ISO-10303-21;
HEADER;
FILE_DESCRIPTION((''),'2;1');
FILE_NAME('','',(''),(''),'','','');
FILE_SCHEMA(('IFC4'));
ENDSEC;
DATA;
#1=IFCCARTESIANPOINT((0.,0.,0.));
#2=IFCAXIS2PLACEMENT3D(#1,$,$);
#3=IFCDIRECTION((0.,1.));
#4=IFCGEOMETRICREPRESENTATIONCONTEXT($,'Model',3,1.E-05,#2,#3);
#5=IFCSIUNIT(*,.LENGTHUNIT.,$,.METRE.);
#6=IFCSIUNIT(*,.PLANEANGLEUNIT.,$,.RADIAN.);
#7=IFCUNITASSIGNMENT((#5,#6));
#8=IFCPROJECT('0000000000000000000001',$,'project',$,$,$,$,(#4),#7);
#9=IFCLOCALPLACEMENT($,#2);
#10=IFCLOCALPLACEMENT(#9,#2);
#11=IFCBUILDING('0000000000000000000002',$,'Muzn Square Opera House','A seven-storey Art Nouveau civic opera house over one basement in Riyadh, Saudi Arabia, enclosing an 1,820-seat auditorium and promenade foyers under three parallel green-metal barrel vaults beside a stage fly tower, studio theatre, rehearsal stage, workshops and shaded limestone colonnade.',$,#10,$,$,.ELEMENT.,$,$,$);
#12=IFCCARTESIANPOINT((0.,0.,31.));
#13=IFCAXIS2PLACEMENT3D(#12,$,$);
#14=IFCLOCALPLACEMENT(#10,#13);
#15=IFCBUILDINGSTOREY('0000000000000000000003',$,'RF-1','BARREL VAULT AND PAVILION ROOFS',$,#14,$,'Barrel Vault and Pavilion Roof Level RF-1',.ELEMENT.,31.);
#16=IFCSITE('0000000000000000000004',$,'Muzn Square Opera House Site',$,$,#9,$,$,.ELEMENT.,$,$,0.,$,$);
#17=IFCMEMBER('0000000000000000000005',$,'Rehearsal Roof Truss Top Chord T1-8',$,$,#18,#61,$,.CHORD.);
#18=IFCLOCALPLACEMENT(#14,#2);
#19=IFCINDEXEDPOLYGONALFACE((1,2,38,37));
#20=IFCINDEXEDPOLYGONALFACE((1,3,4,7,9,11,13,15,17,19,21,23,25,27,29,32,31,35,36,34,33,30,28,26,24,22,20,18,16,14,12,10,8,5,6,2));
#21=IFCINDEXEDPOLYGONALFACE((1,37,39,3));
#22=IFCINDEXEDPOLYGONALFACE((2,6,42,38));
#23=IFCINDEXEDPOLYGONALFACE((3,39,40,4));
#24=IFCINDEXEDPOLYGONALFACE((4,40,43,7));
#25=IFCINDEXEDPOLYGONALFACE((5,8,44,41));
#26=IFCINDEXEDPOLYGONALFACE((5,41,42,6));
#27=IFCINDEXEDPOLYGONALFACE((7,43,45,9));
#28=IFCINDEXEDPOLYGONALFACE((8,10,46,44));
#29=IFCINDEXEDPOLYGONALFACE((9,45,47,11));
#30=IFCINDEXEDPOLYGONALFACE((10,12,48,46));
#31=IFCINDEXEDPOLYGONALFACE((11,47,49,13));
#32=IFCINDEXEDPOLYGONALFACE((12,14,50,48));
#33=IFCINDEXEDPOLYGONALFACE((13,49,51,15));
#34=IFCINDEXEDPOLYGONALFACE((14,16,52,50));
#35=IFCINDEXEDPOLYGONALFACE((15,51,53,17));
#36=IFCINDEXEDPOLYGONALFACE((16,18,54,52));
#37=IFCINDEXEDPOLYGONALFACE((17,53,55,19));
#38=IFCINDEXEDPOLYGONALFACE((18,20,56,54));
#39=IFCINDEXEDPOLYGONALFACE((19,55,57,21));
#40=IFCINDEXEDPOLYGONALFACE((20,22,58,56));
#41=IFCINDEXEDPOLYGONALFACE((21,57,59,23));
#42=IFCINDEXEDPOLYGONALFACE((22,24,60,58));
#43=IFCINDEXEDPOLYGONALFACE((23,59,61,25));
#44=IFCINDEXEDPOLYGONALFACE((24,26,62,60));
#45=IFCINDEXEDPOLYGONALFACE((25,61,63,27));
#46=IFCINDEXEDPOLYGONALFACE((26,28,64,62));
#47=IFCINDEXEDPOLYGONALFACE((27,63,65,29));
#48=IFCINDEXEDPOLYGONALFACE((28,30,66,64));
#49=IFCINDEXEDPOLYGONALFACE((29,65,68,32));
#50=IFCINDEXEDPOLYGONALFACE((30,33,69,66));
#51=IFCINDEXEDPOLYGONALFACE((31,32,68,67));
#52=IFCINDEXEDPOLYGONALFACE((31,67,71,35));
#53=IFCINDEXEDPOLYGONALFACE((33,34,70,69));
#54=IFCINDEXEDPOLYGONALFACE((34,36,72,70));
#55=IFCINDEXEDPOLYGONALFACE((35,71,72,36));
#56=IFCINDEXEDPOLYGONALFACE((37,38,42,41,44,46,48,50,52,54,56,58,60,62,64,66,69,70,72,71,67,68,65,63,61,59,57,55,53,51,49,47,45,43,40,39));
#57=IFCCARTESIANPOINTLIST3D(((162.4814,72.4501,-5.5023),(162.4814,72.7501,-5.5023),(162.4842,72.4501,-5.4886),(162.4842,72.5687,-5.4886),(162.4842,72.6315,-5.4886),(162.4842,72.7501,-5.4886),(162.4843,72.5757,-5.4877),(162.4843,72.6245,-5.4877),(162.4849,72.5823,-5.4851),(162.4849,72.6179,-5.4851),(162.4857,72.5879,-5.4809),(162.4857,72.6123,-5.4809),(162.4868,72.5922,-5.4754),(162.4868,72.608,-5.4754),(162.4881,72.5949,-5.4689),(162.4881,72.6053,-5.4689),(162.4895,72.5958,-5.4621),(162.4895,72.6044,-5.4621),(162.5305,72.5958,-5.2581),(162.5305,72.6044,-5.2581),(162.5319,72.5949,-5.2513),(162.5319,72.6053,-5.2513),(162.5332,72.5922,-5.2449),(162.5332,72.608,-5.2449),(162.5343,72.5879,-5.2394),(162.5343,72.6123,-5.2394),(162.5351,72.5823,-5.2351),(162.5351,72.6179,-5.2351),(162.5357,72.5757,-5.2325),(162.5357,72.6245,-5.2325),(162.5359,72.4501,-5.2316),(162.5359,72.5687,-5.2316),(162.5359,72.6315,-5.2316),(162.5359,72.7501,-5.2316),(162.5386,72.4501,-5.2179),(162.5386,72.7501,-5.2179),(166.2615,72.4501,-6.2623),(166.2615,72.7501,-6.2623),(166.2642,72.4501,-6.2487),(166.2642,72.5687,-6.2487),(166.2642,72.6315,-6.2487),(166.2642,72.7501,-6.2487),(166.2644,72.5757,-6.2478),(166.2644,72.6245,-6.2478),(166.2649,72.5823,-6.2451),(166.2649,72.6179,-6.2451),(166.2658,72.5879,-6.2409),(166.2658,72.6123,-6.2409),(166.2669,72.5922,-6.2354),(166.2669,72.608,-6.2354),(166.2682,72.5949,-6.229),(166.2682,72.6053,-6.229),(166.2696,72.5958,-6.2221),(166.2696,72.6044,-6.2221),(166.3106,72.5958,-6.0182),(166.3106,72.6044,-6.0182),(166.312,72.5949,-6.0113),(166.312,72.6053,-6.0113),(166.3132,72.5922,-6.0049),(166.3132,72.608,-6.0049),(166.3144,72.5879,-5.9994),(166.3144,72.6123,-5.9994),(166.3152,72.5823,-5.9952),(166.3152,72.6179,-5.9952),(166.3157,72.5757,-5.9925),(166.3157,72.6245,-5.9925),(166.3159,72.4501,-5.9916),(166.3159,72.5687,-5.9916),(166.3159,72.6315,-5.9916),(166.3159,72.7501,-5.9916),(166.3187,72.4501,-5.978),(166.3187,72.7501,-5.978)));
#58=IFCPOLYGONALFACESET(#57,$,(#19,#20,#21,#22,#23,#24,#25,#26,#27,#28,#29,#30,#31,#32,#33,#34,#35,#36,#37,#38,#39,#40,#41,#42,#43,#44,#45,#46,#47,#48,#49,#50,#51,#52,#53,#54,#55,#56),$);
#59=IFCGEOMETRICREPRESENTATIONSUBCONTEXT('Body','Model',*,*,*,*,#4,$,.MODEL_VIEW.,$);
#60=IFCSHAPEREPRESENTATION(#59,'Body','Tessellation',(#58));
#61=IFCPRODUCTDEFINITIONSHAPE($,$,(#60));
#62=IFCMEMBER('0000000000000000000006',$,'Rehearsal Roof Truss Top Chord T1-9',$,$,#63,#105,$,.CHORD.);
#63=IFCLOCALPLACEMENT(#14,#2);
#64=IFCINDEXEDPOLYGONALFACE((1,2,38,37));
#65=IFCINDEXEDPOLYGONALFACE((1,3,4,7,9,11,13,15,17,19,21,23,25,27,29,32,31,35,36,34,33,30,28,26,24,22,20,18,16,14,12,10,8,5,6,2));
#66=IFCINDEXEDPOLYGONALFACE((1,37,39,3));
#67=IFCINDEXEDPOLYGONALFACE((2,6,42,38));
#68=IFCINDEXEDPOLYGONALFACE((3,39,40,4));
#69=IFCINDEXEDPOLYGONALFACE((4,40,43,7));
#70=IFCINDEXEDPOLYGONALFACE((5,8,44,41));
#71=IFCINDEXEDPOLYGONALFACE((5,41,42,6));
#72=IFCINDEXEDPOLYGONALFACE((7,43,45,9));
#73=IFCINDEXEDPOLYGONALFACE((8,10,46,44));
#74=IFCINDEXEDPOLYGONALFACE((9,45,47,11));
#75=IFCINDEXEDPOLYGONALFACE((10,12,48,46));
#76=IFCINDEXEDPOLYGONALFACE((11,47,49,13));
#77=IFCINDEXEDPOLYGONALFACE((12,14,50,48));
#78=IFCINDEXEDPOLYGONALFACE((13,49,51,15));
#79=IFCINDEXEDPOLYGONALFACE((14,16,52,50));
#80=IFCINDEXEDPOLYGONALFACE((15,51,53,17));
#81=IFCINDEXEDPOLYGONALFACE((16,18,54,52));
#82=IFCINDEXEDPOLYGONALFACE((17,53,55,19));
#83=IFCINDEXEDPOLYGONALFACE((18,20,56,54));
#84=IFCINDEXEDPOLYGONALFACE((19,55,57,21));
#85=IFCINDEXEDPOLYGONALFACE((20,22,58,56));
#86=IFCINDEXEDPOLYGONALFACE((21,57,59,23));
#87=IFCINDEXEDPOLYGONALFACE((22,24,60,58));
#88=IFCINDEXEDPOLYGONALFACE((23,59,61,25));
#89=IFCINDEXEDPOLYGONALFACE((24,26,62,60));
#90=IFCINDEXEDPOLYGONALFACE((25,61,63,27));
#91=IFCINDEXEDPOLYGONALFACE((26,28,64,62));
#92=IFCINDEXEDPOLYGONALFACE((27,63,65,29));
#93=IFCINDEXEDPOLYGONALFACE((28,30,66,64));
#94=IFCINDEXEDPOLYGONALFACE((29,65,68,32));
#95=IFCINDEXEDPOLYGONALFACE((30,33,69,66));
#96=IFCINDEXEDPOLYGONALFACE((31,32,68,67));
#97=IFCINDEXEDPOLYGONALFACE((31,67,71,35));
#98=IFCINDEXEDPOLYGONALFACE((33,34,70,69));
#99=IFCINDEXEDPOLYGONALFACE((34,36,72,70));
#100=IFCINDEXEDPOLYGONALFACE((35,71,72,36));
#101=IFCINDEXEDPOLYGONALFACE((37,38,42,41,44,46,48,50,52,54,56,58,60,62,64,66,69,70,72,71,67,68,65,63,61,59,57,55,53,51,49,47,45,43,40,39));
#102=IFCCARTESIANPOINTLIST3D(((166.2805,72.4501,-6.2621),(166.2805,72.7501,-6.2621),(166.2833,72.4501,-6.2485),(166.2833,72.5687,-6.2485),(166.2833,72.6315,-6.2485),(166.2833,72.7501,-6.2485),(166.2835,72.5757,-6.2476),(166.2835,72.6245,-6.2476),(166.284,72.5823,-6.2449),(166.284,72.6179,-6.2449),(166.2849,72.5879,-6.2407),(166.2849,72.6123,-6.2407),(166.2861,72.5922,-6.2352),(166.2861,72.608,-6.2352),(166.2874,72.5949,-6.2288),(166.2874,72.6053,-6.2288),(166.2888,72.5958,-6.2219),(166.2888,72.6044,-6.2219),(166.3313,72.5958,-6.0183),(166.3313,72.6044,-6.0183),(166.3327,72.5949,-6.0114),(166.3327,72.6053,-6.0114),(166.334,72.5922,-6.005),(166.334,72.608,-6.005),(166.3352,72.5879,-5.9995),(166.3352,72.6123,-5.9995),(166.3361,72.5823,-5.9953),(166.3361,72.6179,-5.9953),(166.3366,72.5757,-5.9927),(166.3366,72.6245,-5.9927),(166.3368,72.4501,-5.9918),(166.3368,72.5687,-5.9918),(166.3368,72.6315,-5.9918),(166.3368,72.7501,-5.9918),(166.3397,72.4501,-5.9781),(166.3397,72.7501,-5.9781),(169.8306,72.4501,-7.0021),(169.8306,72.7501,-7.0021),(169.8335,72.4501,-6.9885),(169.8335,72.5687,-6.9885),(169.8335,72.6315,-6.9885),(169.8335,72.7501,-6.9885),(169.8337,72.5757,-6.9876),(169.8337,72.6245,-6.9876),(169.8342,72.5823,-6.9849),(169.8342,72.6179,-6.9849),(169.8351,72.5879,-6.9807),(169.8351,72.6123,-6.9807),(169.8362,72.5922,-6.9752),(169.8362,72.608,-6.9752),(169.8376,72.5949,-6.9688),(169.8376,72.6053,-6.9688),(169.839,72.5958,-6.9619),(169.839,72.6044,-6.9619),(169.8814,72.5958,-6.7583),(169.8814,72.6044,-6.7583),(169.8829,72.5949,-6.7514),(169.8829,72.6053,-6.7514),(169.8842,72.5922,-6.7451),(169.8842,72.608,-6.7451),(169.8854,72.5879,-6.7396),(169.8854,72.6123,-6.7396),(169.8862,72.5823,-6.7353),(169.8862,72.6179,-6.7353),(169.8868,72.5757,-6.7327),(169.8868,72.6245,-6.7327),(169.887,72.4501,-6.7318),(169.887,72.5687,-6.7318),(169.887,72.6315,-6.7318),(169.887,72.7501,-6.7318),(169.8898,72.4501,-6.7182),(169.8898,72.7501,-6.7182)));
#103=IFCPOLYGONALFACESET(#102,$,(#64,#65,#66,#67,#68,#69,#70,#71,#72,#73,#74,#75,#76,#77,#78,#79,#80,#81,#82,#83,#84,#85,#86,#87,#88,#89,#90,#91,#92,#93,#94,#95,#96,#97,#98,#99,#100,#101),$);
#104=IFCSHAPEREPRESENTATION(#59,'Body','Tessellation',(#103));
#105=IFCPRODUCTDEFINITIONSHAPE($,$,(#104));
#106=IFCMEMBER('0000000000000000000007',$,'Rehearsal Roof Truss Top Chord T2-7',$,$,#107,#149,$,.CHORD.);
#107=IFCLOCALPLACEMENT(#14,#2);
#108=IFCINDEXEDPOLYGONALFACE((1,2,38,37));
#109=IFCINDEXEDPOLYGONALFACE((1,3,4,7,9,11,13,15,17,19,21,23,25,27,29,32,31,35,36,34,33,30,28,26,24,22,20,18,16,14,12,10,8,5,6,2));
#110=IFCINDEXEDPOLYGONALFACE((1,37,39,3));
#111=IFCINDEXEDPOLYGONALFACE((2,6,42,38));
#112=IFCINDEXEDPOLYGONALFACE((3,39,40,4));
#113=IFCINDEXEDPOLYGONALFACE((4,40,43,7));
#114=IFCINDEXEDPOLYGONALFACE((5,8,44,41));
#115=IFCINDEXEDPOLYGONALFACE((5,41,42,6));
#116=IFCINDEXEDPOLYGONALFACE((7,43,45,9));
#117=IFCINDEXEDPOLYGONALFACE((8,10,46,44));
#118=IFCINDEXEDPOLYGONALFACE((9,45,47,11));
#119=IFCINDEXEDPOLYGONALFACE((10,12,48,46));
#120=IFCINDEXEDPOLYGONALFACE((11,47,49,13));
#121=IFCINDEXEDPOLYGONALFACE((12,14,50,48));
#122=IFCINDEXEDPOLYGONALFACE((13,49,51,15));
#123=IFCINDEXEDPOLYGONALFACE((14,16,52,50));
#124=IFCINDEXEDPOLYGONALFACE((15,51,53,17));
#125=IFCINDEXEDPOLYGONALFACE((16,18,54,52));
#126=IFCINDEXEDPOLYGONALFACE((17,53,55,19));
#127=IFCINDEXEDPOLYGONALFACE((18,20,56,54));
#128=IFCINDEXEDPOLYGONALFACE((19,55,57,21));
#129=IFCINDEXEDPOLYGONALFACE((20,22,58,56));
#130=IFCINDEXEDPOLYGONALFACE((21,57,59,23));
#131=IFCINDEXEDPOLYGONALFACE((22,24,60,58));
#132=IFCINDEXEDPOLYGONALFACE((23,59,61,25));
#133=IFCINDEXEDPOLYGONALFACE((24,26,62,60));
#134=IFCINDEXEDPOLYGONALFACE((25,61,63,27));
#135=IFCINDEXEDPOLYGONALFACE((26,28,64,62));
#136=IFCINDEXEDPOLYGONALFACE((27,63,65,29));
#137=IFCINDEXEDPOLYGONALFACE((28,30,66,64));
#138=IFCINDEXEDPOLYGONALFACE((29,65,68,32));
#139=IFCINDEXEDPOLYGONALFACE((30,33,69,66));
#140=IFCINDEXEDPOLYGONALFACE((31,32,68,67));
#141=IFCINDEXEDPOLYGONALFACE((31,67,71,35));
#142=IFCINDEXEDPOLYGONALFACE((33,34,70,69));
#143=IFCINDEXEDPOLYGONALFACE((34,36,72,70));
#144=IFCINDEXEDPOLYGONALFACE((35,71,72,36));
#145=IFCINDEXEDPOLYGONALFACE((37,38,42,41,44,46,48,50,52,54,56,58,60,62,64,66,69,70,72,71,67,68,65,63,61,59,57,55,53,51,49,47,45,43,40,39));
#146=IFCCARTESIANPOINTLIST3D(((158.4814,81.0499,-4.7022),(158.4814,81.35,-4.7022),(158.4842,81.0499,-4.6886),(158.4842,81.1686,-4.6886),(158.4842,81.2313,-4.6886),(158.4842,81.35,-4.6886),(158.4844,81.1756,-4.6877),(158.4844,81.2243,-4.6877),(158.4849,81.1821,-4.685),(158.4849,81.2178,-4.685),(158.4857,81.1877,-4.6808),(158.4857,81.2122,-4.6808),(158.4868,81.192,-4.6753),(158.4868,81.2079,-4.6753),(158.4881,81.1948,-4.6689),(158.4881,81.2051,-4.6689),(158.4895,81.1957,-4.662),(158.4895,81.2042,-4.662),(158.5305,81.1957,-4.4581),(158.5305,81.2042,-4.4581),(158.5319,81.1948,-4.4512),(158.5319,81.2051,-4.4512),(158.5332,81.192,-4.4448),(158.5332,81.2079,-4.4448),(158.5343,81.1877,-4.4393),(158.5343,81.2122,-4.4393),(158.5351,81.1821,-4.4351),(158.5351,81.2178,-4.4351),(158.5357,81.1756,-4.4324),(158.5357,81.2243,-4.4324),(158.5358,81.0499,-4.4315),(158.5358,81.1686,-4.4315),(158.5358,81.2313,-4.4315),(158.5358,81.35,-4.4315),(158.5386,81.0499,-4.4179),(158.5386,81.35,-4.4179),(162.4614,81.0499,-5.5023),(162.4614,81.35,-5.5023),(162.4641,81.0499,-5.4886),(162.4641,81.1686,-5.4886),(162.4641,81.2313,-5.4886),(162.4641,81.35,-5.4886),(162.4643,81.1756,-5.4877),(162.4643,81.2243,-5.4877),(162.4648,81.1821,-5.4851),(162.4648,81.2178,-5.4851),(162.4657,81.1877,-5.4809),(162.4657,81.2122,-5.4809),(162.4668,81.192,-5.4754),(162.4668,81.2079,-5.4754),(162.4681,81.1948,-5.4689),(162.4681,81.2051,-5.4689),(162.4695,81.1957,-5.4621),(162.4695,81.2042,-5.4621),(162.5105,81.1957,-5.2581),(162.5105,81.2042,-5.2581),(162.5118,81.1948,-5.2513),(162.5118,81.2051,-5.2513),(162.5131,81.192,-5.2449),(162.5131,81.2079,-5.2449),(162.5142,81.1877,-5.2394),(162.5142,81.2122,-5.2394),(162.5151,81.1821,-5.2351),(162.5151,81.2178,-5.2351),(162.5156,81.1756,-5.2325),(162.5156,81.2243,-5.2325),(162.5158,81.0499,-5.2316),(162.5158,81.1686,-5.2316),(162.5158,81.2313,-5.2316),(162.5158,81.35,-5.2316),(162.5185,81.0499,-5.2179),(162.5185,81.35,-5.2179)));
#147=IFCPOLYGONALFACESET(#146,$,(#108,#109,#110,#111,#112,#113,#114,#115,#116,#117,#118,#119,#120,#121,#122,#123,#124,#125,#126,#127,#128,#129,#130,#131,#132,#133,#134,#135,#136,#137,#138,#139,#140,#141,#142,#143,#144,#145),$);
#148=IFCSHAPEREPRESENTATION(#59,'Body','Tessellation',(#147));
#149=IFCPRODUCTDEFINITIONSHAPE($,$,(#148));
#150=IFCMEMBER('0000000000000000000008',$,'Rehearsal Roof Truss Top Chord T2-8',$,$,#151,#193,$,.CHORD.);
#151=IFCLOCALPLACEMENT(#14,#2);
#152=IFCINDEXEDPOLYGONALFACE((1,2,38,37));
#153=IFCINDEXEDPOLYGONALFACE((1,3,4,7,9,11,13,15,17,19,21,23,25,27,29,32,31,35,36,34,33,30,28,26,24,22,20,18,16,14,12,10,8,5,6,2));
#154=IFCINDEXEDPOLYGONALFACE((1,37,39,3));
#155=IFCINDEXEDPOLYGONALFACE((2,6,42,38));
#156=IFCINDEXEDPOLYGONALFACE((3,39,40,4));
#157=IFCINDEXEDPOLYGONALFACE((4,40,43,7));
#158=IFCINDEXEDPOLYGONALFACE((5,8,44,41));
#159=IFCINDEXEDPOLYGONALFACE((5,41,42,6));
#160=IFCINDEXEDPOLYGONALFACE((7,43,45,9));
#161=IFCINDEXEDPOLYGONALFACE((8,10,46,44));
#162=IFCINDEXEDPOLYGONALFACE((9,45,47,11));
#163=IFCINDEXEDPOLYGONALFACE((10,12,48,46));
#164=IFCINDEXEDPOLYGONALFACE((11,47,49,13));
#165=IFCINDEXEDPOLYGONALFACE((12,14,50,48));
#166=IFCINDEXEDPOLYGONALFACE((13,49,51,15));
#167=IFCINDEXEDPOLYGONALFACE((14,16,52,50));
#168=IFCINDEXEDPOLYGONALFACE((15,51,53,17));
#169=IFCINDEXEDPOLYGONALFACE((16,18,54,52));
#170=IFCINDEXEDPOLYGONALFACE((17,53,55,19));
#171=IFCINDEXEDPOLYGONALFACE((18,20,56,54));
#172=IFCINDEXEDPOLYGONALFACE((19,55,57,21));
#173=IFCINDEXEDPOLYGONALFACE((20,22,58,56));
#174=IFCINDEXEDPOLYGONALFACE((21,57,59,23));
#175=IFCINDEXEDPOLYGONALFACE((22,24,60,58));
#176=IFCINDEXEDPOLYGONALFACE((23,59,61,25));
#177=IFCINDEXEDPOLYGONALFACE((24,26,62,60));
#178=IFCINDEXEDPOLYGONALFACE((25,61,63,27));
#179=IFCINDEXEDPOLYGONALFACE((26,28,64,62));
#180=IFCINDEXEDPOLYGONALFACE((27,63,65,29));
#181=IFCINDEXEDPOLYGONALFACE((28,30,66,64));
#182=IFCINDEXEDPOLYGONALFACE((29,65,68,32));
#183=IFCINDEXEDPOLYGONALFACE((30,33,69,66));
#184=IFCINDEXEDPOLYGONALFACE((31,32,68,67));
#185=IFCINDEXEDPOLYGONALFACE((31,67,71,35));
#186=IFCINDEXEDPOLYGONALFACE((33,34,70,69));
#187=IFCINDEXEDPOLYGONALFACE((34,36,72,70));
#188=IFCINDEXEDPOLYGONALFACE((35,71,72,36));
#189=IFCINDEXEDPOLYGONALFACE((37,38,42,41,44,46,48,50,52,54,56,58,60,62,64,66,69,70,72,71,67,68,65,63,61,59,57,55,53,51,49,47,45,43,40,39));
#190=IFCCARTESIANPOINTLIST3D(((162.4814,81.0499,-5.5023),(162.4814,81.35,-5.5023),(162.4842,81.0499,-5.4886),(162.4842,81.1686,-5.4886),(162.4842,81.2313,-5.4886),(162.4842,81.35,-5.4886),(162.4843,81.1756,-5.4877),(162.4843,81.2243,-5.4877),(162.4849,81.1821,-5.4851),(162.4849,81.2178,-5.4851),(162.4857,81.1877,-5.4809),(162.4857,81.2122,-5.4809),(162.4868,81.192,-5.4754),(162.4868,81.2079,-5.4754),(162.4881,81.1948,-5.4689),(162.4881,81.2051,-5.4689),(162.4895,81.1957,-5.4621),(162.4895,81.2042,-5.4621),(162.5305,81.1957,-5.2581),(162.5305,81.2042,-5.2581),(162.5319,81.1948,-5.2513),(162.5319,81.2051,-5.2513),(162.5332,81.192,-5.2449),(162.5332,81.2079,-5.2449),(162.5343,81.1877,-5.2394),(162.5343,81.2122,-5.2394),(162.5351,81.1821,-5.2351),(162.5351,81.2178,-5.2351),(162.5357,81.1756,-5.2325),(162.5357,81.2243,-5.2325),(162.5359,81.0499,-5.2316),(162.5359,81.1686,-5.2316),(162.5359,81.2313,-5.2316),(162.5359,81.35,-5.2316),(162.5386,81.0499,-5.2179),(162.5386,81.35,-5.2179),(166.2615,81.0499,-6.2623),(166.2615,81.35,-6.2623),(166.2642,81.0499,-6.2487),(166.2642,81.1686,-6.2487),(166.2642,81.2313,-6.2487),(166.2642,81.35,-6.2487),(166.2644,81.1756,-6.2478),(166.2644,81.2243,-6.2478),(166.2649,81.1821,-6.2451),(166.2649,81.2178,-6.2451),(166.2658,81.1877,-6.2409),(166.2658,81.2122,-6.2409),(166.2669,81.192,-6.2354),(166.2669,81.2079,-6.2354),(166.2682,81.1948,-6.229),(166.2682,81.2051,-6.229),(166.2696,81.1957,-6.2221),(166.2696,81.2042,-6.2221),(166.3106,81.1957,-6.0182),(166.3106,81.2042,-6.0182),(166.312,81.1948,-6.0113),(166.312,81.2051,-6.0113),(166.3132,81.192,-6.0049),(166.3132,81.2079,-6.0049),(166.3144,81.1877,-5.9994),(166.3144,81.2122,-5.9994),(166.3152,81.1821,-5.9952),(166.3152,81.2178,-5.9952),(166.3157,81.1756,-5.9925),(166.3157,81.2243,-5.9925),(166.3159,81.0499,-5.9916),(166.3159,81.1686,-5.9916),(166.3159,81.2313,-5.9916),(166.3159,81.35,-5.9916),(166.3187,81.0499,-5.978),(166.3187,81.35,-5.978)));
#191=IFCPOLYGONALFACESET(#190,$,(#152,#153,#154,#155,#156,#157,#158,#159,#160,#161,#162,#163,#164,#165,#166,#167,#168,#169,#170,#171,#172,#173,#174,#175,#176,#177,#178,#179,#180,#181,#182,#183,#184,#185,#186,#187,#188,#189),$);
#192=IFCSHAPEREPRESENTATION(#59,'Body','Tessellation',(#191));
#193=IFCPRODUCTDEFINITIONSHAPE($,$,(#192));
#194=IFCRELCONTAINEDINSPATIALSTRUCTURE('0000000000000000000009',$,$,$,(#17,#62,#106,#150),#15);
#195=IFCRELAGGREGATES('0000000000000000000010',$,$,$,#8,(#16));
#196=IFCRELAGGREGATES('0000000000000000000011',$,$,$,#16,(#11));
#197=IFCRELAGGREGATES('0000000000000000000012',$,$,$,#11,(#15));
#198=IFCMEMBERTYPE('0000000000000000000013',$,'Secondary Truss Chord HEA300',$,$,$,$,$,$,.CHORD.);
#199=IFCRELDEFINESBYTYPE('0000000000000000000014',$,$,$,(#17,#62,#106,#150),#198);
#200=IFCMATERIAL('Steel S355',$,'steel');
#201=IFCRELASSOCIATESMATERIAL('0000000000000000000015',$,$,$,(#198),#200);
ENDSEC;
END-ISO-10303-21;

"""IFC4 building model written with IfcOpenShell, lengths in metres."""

from ifc_helpers import new_model, si_unit, direction, frame, origin, origin_2d, place, context, subcontext, project, spatial, i_section, extrude, material, material_profile, profile_set, type_object, element, save


model = new_model("IFC4")

# Units and contexts
model_context = context("Model", 3, precision=1e-05, world=origin(), true_north=direction((0.0, 1.0)))
body_context = subcontext(model_context, "Body", "Model", "MODEL_VIEW")
ifc_project = project(units=[si_unit("LENGTHUNIT", "METRE"), si_unit("PLANEANGLEUNIT", "RADIAN")], contexts=[model_context])

# Site, building, storey
site_placement = place(None, origin())
site = spatial("IfcSite", under=ifc_project, at=site_placement, Name="Muzn Square Opera House Site", CompositionType="ELEMENT", RefElevation=0.0)
building_placement = place(site_placement, origin())
building = spatial("IfcBuilding", under=site, at=building_placement, Name="Muzn Square Opera House", Description="A seven-storey Art Nouveau civic opera house over one basement in Riyadh, Saudi Arabia, enclosing an 1,820-seat auditorium and promenade foyers under three parallel green-metal barrel vaults beside a stage fly tower, studio theatre, rehearsal stage, workshops and shaded limestone colonnade.", CompositionType="ELEMENT")
storey_placement = place(building_placement, frame((0.0, 0.0, 31.0)))
storey = spatial("IfcBuildingStorey", under=building, at=storey_placement, Name="RF-1", Description="BARREL VAULT AND PAVILION ROOFS", LongName="Barrel Vault and Pavilion Roof Level RF-1", CompositionType="ELEMENT", Elevation=31.0)

# Shared definitions
ifc_material = material(Name="Steel S355", Category="steel")

# Members
ifc_material_profile_1 = material_profile(ifc_material, i_section(OverallWidth=0.3, OverallDepth=0.29, WebThickness=0.0085, FlangeThickness=0.0139, FilletRadius=0.0271, at=origin_2d()), Name="HEA 300", Category="steel")
ifc_profile_set_1 = profile_set([ifc_material_profile_1], Name="Steel S355")
member_type_1 = type_object("IfcMemberType", Name="Secondary Truss Chord HEA300", PredefinedType="CHORD", material=ifc_profile_set_1)
member_1_placement = place(storey_placement, frame((162.51, 72.6001, -5.3601), z_axis=(0.98038, 0.0, -0.197115), x_axis=(0.0, 1.0, 0.0)))
element("IfcMember", 1, at=member_1_placement, inside=storey, type_object=member_type_1, Name="Rehearsal Roof Truss Top Chord T1-8", PredefinedType="CHORD", context=body_context, shape_type="SweptSolid", body=[
    extrude(i_section(OverallWidth=0.3, OverallDepth=0.29, WebThickness=0.0085, FlangeThickness=0.0139, FilletRadius=0.0271, at=origin_2d()), origin(), (0.0, 0.0, 1.0), 3.8557),
])
member_2_placement = place(storey_placement, frame((166.3101, 72.6001, -6.1201), z_axis=(0.978959, 0.0, -0.204059), x_axis=(0.0, 1.0, 0.0)))
element("IfcMember", 2, at=member_2_placement, inside=storey, type_object=member_type_1, Name="Rehearsal Roof Truss Top Chord T1-9", PredefinedType="CHORD", context=body_context, shape_type="SweptSolid", body=[
    extrude(i_section(OverallWidth=0.3, OverallDepth=0.29, WebThickness=0.0085, FlangeThickness=0.0139, FilletRadius=0.0271, at=origin_2d()), origin(), (0.0, 0.0, 1.0), 3.6265),
])
member_3_placement = place(storey_placement, frame((158.51, 81.2, -4.5601), z_axis=(0.980388, 0.0, -0.197076), x_axis=(0.0, 1.0, 0.0)))
element("IfcMember", 3, at=member_3_placement, inside=storey, type_object=member_type_1, Name="Rehearsal Roof Truss Top Chord T2-7", PredefinedType="CHORD", context=body_context, shape_type="SweptSolid", body=[
    extrude(i_section(OverallWidth=0.3, OverallDepth=0.29, WebThickness=0.0085, FlangeThickness=0.0139, FilletRadius=0.0271, at=origin_2d()), origin(), (0.0, 0.0, 1.0), 4.0596),
])
member_4_placement = place(storey_placement, frame((162.51, 81.2, -5.3601), z_axis=(0.98038, 0.0, -0.197115), x_axis=(0.0, 1.0, 0.0)))
element("IfcMember", 4, at=member_4_placement, inside=storey, type_object=member_type_1, Name="Rehearsal Roof Truss Top Chord T2-8", PredefinedType="CHORD", context=body_context, shape_type="SweptSolid", body=[
    extrude(i_section(OverallWidth=0.3, OverallDepth=0.29, WebThickness=0.0085, FlangeThickness=0.0139, FilletRadius=0.0271, at=origin_2d()), origin(), (0.0, 0.0, 1.0), 3.8557),
])

save(model, "model.ifc")
